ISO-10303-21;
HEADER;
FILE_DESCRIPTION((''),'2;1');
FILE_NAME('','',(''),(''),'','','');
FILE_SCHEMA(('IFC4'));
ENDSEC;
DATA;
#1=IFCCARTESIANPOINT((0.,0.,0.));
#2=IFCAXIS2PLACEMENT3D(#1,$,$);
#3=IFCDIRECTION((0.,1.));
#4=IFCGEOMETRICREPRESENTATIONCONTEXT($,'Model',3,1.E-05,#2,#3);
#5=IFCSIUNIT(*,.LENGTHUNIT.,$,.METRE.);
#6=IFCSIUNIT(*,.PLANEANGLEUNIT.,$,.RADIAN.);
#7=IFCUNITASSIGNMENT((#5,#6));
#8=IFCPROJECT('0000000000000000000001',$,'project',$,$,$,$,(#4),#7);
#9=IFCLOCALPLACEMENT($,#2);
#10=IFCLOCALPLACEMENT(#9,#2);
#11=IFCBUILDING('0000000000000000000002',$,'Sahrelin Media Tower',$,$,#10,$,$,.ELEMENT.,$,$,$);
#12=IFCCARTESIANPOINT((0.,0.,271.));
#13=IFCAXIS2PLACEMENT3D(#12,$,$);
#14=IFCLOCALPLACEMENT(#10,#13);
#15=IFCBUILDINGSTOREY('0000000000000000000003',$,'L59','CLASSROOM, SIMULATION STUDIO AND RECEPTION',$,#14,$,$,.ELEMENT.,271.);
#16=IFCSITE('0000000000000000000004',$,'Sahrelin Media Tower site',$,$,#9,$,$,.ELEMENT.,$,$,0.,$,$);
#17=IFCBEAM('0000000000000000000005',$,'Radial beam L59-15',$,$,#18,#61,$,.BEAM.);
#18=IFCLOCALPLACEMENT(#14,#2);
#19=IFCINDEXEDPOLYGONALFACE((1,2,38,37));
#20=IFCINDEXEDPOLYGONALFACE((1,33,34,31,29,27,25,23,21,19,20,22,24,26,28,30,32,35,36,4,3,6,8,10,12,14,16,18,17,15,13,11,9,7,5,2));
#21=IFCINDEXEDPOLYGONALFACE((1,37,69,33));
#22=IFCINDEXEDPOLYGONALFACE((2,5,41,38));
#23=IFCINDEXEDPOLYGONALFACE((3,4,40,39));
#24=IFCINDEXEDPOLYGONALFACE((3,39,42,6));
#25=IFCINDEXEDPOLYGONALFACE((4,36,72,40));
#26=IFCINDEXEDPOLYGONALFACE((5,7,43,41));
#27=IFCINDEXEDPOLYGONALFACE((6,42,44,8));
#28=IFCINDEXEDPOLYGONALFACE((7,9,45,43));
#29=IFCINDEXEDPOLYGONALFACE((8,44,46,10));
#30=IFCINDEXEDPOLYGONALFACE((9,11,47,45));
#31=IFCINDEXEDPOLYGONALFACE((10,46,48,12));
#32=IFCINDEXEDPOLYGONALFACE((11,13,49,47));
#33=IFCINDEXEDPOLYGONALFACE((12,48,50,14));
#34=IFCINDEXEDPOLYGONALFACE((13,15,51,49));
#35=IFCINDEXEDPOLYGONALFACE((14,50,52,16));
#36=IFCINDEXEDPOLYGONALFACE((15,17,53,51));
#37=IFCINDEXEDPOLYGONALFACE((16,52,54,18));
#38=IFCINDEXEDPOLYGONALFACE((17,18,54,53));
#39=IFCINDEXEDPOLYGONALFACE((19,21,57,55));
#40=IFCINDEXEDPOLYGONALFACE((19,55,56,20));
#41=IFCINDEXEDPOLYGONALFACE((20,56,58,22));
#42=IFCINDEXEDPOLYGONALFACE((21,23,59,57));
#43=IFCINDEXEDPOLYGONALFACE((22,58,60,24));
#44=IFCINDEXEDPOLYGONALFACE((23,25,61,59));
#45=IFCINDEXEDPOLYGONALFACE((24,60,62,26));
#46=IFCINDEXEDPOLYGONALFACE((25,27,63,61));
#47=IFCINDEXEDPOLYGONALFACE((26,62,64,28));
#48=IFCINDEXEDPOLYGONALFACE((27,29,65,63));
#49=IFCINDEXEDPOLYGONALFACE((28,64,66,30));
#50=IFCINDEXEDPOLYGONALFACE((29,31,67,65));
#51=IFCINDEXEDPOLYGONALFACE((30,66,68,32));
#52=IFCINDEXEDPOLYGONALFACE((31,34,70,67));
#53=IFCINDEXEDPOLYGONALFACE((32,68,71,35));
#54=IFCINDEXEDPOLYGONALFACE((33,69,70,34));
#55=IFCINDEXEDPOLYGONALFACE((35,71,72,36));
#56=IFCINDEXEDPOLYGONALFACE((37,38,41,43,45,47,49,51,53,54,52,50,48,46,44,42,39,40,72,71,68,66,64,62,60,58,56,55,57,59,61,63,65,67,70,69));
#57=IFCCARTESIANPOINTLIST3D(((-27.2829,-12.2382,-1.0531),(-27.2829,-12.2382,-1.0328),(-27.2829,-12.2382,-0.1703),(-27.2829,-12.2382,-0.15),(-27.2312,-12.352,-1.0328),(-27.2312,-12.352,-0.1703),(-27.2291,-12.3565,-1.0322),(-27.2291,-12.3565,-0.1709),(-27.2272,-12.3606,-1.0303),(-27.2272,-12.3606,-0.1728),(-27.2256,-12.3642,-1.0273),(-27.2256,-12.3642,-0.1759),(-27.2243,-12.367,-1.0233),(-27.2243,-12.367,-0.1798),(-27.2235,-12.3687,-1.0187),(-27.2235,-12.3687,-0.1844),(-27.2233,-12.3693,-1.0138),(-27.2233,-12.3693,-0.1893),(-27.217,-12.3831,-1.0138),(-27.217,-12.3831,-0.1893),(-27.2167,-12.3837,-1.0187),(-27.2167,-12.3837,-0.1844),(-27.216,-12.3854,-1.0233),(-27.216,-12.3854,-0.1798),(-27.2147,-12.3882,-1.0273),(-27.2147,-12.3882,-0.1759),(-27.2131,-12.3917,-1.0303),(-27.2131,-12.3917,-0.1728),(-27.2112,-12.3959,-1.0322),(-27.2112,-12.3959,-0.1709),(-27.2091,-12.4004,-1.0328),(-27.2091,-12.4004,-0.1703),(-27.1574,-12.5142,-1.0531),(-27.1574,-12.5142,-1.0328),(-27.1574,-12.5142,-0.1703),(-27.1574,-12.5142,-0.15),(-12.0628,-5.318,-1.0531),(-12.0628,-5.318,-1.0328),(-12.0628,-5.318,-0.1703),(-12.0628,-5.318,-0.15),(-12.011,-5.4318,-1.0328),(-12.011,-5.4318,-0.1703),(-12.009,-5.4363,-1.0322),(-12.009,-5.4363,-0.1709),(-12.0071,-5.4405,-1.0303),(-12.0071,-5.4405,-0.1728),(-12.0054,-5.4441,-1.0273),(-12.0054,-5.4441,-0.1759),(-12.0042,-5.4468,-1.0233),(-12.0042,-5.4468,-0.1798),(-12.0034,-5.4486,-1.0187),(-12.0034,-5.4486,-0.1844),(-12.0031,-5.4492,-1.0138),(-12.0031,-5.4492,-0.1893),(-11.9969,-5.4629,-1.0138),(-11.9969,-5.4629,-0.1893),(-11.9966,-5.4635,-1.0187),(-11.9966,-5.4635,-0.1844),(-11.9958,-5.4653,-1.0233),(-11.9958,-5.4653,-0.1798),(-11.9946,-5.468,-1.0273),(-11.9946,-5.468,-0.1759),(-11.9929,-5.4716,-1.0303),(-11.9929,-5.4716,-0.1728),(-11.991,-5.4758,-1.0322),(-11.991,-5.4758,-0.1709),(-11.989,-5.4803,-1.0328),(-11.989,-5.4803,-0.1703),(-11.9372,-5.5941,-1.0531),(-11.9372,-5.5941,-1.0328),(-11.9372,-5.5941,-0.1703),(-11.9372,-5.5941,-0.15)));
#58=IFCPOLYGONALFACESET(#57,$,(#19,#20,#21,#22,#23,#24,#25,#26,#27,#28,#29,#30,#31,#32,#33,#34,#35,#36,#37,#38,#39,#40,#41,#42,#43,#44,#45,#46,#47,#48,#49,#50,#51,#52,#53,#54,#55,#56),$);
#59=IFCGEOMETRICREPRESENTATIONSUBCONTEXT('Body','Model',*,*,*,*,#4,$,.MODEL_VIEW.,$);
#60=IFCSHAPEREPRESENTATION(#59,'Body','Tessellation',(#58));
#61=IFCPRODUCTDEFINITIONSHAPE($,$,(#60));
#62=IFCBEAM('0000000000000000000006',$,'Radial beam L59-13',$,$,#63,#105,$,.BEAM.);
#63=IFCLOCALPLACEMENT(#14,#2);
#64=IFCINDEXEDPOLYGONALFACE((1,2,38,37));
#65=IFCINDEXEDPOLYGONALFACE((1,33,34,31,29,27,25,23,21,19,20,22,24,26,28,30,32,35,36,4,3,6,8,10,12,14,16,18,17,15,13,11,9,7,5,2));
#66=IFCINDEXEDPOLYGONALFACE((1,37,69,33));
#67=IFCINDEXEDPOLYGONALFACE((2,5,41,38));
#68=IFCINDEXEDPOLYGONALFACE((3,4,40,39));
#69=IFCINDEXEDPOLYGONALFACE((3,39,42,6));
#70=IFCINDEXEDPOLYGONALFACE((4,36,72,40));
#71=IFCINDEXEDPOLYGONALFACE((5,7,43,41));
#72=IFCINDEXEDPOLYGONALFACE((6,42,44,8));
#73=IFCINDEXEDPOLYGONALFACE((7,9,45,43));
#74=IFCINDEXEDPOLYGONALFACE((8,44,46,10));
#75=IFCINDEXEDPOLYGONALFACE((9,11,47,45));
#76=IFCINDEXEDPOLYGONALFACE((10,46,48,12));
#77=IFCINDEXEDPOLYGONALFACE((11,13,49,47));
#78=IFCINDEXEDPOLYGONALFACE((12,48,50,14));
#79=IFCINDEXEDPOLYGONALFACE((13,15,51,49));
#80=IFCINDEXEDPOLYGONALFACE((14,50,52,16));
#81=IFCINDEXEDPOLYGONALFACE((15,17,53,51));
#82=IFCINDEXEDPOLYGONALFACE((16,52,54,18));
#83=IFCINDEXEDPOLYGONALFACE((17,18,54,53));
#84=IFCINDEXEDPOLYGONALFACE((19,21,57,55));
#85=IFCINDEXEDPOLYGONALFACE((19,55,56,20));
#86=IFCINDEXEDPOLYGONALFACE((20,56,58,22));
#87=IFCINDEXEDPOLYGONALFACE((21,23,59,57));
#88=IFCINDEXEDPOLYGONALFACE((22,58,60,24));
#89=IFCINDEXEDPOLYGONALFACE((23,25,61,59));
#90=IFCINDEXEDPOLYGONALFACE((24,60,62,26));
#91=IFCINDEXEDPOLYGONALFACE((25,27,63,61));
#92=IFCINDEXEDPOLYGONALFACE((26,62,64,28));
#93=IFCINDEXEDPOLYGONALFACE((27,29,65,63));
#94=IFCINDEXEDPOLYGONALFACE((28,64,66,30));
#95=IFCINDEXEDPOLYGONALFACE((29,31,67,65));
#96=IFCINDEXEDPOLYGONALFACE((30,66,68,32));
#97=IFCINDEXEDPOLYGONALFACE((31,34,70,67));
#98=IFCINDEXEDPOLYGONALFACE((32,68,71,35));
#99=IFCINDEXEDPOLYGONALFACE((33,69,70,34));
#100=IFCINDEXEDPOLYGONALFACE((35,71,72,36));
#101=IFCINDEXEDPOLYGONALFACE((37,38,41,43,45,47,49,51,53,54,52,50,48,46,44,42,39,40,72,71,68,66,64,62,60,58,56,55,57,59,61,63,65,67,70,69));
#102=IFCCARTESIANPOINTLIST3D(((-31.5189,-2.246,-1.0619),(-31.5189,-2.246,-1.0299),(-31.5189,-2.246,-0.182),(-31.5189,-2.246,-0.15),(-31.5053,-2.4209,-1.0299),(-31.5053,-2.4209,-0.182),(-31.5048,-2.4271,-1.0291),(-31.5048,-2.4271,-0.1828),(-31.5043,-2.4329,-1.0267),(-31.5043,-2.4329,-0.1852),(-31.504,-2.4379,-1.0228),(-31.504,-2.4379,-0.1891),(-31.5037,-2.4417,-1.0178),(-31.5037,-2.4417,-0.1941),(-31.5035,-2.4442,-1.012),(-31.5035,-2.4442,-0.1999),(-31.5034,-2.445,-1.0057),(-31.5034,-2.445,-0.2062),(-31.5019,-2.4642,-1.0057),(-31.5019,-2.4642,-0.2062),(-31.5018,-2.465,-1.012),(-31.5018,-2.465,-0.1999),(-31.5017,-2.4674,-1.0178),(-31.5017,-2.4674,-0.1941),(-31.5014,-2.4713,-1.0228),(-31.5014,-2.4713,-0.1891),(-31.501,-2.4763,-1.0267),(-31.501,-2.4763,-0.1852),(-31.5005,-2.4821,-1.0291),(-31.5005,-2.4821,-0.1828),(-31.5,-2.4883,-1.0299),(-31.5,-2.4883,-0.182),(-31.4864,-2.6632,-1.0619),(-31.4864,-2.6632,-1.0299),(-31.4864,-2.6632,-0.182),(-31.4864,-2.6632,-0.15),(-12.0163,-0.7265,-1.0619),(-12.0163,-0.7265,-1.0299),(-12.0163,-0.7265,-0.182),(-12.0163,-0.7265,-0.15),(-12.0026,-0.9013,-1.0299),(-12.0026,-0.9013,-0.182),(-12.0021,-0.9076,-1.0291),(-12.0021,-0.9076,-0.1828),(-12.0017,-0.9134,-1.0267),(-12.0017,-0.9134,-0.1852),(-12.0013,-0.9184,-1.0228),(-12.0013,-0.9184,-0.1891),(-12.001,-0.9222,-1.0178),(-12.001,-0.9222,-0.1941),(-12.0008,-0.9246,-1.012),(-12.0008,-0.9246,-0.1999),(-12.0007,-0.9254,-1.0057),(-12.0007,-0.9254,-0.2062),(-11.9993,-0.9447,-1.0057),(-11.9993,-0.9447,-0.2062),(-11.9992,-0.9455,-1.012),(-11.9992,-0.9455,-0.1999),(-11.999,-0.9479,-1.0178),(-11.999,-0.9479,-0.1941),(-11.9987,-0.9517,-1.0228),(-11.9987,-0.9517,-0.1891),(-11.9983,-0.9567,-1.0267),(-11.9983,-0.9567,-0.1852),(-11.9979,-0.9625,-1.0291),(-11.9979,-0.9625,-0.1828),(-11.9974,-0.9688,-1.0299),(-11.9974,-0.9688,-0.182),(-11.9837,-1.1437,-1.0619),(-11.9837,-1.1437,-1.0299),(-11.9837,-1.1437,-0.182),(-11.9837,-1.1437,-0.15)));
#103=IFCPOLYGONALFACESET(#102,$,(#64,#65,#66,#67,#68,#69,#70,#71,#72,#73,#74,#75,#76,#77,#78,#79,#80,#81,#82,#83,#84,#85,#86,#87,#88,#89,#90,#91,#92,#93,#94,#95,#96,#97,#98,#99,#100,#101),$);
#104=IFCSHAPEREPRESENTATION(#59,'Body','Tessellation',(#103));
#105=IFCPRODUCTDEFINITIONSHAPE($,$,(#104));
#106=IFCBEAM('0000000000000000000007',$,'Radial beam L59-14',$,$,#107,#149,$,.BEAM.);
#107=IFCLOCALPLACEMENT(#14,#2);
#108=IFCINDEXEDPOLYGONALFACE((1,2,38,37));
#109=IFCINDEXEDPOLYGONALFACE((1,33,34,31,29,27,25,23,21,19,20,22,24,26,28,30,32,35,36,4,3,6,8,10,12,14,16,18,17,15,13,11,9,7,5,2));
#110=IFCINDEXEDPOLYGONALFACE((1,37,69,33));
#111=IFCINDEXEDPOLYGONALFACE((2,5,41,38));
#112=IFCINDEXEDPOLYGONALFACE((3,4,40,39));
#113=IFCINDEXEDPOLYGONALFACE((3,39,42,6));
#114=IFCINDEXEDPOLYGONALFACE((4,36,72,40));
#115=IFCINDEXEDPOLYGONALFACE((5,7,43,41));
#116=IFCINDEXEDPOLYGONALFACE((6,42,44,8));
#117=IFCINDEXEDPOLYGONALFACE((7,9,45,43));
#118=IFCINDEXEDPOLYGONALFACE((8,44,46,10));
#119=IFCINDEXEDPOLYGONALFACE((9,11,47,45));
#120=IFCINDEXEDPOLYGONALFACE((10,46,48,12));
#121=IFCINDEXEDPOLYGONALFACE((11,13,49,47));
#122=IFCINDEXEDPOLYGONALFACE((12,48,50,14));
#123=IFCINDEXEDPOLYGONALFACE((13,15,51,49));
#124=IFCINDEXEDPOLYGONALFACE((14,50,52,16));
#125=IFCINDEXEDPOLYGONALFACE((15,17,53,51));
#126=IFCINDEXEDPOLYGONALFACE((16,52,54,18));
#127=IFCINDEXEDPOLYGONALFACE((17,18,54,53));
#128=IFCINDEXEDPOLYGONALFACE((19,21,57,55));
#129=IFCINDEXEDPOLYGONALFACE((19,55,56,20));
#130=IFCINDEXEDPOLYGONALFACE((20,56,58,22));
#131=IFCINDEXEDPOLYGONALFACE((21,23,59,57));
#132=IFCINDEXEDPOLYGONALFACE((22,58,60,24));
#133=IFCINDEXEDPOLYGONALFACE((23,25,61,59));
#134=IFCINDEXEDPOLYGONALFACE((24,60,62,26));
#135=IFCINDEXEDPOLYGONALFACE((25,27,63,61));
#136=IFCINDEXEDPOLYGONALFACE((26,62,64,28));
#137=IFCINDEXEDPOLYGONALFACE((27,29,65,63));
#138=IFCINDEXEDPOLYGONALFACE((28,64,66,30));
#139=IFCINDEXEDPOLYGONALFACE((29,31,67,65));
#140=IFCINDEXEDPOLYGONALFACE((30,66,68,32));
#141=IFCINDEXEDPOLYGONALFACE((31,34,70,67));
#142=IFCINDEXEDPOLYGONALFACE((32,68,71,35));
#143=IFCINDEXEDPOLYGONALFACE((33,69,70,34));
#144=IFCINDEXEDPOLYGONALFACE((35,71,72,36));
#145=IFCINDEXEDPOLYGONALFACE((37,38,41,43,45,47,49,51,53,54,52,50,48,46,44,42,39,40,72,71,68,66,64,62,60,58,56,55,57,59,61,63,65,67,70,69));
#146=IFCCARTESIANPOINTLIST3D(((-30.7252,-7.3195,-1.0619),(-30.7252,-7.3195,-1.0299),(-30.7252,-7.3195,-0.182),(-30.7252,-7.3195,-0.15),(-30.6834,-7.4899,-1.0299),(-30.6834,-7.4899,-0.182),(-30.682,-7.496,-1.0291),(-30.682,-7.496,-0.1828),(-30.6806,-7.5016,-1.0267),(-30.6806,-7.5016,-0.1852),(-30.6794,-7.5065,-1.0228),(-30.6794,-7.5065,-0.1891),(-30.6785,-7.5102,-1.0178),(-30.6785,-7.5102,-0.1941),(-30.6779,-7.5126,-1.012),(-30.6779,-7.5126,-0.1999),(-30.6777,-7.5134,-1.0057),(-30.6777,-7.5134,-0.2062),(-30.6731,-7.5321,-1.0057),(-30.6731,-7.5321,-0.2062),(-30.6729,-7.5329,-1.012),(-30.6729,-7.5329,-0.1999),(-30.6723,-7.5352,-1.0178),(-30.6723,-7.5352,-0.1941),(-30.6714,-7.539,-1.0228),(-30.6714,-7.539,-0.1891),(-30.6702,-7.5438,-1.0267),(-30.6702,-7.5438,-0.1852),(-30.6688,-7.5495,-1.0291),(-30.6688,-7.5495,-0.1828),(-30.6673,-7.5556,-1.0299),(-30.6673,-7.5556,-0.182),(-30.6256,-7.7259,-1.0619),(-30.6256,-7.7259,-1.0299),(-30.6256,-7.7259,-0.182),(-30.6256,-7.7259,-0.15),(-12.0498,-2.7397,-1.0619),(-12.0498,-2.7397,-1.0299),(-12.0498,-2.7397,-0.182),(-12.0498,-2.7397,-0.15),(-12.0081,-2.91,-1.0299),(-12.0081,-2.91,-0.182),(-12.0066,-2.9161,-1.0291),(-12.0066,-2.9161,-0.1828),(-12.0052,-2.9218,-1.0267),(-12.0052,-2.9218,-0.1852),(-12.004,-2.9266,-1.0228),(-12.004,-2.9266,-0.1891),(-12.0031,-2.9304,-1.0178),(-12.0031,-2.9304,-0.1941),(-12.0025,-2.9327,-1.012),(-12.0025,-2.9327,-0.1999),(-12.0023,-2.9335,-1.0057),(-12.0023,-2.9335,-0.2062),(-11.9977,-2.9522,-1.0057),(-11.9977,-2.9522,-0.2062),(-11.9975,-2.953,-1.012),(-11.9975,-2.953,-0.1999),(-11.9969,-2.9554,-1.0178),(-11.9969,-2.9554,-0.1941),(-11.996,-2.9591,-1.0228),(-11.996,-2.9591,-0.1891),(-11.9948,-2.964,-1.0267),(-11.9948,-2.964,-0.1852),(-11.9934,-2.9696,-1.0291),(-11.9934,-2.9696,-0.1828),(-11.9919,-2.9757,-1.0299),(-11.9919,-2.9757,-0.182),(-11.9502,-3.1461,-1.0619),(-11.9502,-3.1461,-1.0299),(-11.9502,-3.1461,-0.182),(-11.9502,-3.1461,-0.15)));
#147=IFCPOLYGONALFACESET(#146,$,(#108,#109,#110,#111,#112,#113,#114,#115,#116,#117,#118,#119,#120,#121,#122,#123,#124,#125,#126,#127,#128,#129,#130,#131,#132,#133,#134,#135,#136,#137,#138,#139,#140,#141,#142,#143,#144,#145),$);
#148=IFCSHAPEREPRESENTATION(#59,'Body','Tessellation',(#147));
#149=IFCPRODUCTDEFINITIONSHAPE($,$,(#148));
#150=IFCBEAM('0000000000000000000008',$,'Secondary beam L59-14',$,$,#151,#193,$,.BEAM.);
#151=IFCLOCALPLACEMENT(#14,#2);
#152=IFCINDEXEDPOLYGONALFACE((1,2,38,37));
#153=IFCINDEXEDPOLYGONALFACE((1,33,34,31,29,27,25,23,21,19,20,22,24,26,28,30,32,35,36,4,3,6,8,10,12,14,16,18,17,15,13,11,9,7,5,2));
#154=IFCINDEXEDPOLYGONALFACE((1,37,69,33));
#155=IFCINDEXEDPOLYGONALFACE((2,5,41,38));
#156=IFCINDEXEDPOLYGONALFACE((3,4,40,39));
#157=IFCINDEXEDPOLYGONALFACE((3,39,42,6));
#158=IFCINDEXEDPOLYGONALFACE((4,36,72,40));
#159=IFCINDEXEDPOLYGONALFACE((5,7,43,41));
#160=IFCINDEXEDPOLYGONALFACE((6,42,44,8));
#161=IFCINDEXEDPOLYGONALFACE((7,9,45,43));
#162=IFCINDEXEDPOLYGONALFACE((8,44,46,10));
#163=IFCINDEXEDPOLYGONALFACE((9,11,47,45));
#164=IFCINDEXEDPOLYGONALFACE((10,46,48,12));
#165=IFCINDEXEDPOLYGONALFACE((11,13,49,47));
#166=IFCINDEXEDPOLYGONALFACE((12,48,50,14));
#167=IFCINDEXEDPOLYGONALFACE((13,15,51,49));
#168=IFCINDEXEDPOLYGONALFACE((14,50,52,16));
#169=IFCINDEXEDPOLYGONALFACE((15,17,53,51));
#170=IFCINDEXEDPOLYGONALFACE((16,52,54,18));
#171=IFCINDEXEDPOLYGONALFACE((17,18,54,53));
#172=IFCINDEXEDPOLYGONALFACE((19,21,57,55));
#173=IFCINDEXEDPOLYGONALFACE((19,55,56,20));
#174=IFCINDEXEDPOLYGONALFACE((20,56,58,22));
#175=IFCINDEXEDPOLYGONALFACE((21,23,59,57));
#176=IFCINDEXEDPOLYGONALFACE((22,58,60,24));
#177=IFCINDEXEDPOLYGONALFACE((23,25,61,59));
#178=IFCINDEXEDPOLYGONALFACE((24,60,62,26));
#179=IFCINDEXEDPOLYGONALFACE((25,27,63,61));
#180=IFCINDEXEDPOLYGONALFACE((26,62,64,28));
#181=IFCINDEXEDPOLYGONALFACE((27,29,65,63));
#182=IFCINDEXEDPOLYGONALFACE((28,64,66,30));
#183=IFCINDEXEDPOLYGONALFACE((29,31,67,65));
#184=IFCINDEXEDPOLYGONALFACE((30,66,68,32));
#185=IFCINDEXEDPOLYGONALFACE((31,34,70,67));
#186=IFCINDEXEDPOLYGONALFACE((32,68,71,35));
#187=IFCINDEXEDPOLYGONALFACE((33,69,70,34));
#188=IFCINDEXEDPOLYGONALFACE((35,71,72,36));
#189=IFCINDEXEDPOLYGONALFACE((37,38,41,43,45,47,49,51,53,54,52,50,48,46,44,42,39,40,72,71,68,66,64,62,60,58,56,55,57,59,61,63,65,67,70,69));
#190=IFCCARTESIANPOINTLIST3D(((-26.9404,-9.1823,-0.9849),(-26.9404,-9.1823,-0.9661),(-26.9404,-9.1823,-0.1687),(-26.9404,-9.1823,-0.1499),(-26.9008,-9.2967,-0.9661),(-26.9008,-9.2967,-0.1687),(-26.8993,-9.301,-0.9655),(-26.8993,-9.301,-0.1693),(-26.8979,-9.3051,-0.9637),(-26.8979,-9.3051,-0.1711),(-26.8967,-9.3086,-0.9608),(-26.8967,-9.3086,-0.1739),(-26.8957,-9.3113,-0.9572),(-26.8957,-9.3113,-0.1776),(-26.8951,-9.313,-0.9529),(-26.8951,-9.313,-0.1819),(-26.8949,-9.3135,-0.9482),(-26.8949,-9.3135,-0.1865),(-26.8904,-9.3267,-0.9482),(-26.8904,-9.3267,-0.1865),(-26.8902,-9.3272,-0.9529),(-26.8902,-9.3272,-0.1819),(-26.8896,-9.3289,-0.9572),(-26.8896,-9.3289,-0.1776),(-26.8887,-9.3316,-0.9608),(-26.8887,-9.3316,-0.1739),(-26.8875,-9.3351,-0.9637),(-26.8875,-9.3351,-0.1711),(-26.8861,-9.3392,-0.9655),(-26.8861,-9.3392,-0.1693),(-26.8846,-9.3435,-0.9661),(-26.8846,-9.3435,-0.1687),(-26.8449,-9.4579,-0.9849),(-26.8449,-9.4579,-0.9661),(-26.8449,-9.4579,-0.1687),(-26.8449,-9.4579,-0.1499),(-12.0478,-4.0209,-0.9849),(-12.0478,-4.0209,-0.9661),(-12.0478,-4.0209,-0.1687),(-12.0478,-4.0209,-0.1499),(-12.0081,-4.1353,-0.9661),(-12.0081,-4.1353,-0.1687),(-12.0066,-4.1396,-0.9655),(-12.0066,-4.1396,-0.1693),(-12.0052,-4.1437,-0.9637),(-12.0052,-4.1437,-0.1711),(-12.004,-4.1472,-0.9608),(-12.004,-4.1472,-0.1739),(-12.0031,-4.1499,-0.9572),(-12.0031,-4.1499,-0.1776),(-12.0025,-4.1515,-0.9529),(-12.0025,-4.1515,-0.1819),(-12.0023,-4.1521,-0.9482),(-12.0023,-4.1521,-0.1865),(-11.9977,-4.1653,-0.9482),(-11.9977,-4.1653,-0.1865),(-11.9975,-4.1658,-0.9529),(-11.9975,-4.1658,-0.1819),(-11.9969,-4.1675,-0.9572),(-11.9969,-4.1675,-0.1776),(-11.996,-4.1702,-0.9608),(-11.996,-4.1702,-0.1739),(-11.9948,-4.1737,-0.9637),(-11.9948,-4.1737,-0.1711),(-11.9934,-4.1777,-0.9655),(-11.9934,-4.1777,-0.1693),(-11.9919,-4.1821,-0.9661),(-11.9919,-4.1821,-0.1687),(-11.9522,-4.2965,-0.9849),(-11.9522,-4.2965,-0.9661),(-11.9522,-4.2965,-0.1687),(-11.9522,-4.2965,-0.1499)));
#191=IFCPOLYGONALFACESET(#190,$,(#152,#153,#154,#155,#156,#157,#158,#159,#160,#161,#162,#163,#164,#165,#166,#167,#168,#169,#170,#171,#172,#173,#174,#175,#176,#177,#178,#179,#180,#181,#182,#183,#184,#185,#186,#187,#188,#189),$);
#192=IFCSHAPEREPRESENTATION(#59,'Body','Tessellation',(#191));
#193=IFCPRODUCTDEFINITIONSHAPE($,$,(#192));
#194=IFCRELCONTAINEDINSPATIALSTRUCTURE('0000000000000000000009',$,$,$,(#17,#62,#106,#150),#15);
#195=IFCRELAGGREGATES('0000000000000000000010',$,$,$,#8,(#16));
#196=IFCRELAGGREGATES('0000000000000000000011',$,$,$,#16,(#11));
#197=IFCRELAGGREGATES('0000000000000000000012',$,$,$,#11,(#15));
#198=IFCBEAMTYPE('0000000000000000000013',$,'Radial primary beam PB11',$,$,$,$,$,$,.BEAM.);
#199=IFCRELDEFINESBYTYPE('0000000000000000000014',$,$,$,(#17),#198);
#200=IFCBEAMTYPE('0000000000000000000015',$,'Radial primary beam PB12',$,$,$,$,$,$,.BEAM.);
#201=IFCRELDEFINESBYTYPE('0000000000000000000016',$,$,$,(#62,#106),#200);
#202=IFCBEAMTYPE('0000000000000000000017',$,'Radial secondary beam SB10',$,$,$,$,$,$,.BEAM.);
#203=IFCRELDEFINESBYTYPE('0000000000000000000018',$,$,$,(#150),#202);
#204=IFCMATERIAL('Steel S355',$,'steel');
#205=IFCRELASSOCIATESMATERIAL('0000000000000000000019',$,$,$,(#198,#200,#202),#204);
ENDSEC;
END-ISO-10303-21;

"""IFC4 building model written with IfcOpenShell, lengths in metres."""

from ifc_helpers import new_model, si_unit, direction, frame, origin, origin_2d, place, context, subcontext, project, spatial, i_section, extrude, material, material_profile, profile_set, type_object, element, save


model = new_model("IFC4")

# Units and contexts
model_context = context("Model", 3, precision=1e-05, world=origin(), true_north=direction((0.0, 1.0)))
body_context = subcontext(model_context, "Body", "Model", "MODEL_VIEW")
ifc_project = project(units=[si_unit("LENGTHUNIT", "METRE"), si_unit("PLANEANGLEUNIT", "RADIAN")], contexts=[model_context])

# Site, building, storey
site_placement = place(None, origin())
site = spatial("IfcSite", under=ifc_project, at=site_placement, Name="Sahrelin Media Tower site", CompositionType="ELEMENT", RefElevation=0.0)
building_placement = place(site_placement, origin())
building = spatial("IfcBuilding", under=site, at=building_placement, Name="Sahrelin Media Tower", CompositionType="ELEMENT")
storey_placement = place(building_placement, frame((0.0, 0.0, 271.0)))
storey = spatial("IfcBuildingStorey", under=building, at=storey_placement, Name="L59", Description="CLASSROOM, SIMULATION STUDIO AND RECEPTION", CompositionType="ELEMENT", Elevation=271.0)

# Beams
ifc_material_1 = material(Name="Steel S355", Category="steel")
ifc_material_profile_1 = material_profile(ifc_material_1, i_section(OverallWidth=0.3032, OverallDepth=0.9031, WebThickness=0.0151, FlangeThickness=0.0203, FilletRadius=0.019, at=origin_2d()), Name="UB 914x305x201")
ifc_profile_set_1 = profile_set([ifc_material_profile_1], Name="Steel S355")
beam_type_1 = type_object("IfcBeamType", Name="Radial primary beam PB11", PredefinedType="BEAM", material=ifc_profile_set_1)
beam_1_placement = place(storey_placement, frame((-12.0, -5.4561, -0.6016), z_axis=(-0.910324, -0.413896, 0.0), x_axis=(0.413896, -0.910324, 0.0)))
element("IfcBeam", 1, at=beam_1_placement, inside=storey, type_object=beam_type_1, Name="Radial beam L59-15", PredefinedType="BEAM", context=body_context, shape_type="SweptSolid", body=[
    extrude(i_section(OverallWidth=0.3032, OverallDepth=0.9031, WebThickness=0.0151, FlangeThickness=0.0203, FilletRadius=0.019, at=origin_2d()), origin(), (0.0, 0.0, 1.0), 16.7195),
])
ifc_material_profile_2 = material_profile(ifc_material_1, i_section(OverallWidth=0.4185, OverallDepth=0.9119, WebThickness=0.0193, FlangeThickness=0.032, FilletRadius=0.0242, at=origin_2d()), Name="UB 914x419x343")
ifc_profile_set_2 = profile_set([ifc_material_profile_2], Name="Steel S355")
beam_type_2 = type_object("IfcBeamType", Name="Radial primary beam PB12", PredefinedType="BEAM", material=ifc_profile_set_2)
beam_2_placement = place(storey_placement, frame((-12.0, -0.9351, -0.606), z_axis=(-0.996978, -0.077679, 0.0), x_axis=(0.077679, -0.996978, 0.0)))
element("IfcBeam", 2, at=beam_2_placement, inside=storey, type_object=beam_type_2, Name="Radial beam L59-13", PredefinedType="BEAM", context=body_context, shape_type="SweptSolid", body=[
    extrude(i_section(OverallWidth=0.4185, OverallDepth=0.9119, WebThickness=0.0193, FlangeThickness=0.032, FilletRadius=0.0242, at=origin_2d()), origin(), (0.0, 0.0, 1.0), 19.5618),
])
beam_3_placement = place(storey_placement, frame((-12.0, -2.9429, -0.606), z_axis=(-0.971222, -0.238177, 0.0), x_axis=(0.238177, -0.971222, 0.0)))
element("IfcBeam", 3, at=beam_3_placement, inside=storey, type_object=beam_type_2, Name="Radial beam L59-14", PredefinedType="BEAM", context=body_context, shape_type="SweptSolid", body=[
    extrude(i_section(OverallWidth=0.4185, OverallDepth=0.9119, WebThickness=0.0193, FlangeThickness=0.032, FilletRadius=0.0242, at=origin_2d()), origin(), (0.0, 0.0, 1.0), 19.2288),
])
ifc_material_profile_3 = material_profile(ifc_material_1, i_section(OverallWidth=0.2917, OverallDepth=0.835, WebThickness=0.0139, FlangeThickness=0.0188, FilletRadius=0.0178, at=origin_2d()), Name="UB 838x292x176")
ifc_profile_set_3 = profile_set([ifc_material_profile_3], Name="Steel S355")
beam_type_3 = type_object("IfcBeamType", Name="Radial secondary beam SB10", PredefinedType="BEAM", material=ifc_profile_set_3)
beam_4_placement = place(storey_placement, frame((-12.0, -4.1587, -0.5674), z_axis=(-0.944863, -0.327465, 0.0), x_axis=(0.327465, -0.944863, 0.0)))
element("IfcBeam", 4, at=beam_4_placement, inside=storey, type_object=beam_type_3, Name="Secondary beam L59-14", PredefinedType="BEAM", context=body_context, shape_type="SweptSolid", body=[
    extrude(i_section(OverallWidth=0.2917, OverallDepth=0.835, WebThickness=0.0139, FlangeThickness=0.0188, FilletRadius=0.0178, at=origin_2d()), origin(), (0.0, 0.0, 1.0), 15.7617),
])

save(model, "model.ifc")
